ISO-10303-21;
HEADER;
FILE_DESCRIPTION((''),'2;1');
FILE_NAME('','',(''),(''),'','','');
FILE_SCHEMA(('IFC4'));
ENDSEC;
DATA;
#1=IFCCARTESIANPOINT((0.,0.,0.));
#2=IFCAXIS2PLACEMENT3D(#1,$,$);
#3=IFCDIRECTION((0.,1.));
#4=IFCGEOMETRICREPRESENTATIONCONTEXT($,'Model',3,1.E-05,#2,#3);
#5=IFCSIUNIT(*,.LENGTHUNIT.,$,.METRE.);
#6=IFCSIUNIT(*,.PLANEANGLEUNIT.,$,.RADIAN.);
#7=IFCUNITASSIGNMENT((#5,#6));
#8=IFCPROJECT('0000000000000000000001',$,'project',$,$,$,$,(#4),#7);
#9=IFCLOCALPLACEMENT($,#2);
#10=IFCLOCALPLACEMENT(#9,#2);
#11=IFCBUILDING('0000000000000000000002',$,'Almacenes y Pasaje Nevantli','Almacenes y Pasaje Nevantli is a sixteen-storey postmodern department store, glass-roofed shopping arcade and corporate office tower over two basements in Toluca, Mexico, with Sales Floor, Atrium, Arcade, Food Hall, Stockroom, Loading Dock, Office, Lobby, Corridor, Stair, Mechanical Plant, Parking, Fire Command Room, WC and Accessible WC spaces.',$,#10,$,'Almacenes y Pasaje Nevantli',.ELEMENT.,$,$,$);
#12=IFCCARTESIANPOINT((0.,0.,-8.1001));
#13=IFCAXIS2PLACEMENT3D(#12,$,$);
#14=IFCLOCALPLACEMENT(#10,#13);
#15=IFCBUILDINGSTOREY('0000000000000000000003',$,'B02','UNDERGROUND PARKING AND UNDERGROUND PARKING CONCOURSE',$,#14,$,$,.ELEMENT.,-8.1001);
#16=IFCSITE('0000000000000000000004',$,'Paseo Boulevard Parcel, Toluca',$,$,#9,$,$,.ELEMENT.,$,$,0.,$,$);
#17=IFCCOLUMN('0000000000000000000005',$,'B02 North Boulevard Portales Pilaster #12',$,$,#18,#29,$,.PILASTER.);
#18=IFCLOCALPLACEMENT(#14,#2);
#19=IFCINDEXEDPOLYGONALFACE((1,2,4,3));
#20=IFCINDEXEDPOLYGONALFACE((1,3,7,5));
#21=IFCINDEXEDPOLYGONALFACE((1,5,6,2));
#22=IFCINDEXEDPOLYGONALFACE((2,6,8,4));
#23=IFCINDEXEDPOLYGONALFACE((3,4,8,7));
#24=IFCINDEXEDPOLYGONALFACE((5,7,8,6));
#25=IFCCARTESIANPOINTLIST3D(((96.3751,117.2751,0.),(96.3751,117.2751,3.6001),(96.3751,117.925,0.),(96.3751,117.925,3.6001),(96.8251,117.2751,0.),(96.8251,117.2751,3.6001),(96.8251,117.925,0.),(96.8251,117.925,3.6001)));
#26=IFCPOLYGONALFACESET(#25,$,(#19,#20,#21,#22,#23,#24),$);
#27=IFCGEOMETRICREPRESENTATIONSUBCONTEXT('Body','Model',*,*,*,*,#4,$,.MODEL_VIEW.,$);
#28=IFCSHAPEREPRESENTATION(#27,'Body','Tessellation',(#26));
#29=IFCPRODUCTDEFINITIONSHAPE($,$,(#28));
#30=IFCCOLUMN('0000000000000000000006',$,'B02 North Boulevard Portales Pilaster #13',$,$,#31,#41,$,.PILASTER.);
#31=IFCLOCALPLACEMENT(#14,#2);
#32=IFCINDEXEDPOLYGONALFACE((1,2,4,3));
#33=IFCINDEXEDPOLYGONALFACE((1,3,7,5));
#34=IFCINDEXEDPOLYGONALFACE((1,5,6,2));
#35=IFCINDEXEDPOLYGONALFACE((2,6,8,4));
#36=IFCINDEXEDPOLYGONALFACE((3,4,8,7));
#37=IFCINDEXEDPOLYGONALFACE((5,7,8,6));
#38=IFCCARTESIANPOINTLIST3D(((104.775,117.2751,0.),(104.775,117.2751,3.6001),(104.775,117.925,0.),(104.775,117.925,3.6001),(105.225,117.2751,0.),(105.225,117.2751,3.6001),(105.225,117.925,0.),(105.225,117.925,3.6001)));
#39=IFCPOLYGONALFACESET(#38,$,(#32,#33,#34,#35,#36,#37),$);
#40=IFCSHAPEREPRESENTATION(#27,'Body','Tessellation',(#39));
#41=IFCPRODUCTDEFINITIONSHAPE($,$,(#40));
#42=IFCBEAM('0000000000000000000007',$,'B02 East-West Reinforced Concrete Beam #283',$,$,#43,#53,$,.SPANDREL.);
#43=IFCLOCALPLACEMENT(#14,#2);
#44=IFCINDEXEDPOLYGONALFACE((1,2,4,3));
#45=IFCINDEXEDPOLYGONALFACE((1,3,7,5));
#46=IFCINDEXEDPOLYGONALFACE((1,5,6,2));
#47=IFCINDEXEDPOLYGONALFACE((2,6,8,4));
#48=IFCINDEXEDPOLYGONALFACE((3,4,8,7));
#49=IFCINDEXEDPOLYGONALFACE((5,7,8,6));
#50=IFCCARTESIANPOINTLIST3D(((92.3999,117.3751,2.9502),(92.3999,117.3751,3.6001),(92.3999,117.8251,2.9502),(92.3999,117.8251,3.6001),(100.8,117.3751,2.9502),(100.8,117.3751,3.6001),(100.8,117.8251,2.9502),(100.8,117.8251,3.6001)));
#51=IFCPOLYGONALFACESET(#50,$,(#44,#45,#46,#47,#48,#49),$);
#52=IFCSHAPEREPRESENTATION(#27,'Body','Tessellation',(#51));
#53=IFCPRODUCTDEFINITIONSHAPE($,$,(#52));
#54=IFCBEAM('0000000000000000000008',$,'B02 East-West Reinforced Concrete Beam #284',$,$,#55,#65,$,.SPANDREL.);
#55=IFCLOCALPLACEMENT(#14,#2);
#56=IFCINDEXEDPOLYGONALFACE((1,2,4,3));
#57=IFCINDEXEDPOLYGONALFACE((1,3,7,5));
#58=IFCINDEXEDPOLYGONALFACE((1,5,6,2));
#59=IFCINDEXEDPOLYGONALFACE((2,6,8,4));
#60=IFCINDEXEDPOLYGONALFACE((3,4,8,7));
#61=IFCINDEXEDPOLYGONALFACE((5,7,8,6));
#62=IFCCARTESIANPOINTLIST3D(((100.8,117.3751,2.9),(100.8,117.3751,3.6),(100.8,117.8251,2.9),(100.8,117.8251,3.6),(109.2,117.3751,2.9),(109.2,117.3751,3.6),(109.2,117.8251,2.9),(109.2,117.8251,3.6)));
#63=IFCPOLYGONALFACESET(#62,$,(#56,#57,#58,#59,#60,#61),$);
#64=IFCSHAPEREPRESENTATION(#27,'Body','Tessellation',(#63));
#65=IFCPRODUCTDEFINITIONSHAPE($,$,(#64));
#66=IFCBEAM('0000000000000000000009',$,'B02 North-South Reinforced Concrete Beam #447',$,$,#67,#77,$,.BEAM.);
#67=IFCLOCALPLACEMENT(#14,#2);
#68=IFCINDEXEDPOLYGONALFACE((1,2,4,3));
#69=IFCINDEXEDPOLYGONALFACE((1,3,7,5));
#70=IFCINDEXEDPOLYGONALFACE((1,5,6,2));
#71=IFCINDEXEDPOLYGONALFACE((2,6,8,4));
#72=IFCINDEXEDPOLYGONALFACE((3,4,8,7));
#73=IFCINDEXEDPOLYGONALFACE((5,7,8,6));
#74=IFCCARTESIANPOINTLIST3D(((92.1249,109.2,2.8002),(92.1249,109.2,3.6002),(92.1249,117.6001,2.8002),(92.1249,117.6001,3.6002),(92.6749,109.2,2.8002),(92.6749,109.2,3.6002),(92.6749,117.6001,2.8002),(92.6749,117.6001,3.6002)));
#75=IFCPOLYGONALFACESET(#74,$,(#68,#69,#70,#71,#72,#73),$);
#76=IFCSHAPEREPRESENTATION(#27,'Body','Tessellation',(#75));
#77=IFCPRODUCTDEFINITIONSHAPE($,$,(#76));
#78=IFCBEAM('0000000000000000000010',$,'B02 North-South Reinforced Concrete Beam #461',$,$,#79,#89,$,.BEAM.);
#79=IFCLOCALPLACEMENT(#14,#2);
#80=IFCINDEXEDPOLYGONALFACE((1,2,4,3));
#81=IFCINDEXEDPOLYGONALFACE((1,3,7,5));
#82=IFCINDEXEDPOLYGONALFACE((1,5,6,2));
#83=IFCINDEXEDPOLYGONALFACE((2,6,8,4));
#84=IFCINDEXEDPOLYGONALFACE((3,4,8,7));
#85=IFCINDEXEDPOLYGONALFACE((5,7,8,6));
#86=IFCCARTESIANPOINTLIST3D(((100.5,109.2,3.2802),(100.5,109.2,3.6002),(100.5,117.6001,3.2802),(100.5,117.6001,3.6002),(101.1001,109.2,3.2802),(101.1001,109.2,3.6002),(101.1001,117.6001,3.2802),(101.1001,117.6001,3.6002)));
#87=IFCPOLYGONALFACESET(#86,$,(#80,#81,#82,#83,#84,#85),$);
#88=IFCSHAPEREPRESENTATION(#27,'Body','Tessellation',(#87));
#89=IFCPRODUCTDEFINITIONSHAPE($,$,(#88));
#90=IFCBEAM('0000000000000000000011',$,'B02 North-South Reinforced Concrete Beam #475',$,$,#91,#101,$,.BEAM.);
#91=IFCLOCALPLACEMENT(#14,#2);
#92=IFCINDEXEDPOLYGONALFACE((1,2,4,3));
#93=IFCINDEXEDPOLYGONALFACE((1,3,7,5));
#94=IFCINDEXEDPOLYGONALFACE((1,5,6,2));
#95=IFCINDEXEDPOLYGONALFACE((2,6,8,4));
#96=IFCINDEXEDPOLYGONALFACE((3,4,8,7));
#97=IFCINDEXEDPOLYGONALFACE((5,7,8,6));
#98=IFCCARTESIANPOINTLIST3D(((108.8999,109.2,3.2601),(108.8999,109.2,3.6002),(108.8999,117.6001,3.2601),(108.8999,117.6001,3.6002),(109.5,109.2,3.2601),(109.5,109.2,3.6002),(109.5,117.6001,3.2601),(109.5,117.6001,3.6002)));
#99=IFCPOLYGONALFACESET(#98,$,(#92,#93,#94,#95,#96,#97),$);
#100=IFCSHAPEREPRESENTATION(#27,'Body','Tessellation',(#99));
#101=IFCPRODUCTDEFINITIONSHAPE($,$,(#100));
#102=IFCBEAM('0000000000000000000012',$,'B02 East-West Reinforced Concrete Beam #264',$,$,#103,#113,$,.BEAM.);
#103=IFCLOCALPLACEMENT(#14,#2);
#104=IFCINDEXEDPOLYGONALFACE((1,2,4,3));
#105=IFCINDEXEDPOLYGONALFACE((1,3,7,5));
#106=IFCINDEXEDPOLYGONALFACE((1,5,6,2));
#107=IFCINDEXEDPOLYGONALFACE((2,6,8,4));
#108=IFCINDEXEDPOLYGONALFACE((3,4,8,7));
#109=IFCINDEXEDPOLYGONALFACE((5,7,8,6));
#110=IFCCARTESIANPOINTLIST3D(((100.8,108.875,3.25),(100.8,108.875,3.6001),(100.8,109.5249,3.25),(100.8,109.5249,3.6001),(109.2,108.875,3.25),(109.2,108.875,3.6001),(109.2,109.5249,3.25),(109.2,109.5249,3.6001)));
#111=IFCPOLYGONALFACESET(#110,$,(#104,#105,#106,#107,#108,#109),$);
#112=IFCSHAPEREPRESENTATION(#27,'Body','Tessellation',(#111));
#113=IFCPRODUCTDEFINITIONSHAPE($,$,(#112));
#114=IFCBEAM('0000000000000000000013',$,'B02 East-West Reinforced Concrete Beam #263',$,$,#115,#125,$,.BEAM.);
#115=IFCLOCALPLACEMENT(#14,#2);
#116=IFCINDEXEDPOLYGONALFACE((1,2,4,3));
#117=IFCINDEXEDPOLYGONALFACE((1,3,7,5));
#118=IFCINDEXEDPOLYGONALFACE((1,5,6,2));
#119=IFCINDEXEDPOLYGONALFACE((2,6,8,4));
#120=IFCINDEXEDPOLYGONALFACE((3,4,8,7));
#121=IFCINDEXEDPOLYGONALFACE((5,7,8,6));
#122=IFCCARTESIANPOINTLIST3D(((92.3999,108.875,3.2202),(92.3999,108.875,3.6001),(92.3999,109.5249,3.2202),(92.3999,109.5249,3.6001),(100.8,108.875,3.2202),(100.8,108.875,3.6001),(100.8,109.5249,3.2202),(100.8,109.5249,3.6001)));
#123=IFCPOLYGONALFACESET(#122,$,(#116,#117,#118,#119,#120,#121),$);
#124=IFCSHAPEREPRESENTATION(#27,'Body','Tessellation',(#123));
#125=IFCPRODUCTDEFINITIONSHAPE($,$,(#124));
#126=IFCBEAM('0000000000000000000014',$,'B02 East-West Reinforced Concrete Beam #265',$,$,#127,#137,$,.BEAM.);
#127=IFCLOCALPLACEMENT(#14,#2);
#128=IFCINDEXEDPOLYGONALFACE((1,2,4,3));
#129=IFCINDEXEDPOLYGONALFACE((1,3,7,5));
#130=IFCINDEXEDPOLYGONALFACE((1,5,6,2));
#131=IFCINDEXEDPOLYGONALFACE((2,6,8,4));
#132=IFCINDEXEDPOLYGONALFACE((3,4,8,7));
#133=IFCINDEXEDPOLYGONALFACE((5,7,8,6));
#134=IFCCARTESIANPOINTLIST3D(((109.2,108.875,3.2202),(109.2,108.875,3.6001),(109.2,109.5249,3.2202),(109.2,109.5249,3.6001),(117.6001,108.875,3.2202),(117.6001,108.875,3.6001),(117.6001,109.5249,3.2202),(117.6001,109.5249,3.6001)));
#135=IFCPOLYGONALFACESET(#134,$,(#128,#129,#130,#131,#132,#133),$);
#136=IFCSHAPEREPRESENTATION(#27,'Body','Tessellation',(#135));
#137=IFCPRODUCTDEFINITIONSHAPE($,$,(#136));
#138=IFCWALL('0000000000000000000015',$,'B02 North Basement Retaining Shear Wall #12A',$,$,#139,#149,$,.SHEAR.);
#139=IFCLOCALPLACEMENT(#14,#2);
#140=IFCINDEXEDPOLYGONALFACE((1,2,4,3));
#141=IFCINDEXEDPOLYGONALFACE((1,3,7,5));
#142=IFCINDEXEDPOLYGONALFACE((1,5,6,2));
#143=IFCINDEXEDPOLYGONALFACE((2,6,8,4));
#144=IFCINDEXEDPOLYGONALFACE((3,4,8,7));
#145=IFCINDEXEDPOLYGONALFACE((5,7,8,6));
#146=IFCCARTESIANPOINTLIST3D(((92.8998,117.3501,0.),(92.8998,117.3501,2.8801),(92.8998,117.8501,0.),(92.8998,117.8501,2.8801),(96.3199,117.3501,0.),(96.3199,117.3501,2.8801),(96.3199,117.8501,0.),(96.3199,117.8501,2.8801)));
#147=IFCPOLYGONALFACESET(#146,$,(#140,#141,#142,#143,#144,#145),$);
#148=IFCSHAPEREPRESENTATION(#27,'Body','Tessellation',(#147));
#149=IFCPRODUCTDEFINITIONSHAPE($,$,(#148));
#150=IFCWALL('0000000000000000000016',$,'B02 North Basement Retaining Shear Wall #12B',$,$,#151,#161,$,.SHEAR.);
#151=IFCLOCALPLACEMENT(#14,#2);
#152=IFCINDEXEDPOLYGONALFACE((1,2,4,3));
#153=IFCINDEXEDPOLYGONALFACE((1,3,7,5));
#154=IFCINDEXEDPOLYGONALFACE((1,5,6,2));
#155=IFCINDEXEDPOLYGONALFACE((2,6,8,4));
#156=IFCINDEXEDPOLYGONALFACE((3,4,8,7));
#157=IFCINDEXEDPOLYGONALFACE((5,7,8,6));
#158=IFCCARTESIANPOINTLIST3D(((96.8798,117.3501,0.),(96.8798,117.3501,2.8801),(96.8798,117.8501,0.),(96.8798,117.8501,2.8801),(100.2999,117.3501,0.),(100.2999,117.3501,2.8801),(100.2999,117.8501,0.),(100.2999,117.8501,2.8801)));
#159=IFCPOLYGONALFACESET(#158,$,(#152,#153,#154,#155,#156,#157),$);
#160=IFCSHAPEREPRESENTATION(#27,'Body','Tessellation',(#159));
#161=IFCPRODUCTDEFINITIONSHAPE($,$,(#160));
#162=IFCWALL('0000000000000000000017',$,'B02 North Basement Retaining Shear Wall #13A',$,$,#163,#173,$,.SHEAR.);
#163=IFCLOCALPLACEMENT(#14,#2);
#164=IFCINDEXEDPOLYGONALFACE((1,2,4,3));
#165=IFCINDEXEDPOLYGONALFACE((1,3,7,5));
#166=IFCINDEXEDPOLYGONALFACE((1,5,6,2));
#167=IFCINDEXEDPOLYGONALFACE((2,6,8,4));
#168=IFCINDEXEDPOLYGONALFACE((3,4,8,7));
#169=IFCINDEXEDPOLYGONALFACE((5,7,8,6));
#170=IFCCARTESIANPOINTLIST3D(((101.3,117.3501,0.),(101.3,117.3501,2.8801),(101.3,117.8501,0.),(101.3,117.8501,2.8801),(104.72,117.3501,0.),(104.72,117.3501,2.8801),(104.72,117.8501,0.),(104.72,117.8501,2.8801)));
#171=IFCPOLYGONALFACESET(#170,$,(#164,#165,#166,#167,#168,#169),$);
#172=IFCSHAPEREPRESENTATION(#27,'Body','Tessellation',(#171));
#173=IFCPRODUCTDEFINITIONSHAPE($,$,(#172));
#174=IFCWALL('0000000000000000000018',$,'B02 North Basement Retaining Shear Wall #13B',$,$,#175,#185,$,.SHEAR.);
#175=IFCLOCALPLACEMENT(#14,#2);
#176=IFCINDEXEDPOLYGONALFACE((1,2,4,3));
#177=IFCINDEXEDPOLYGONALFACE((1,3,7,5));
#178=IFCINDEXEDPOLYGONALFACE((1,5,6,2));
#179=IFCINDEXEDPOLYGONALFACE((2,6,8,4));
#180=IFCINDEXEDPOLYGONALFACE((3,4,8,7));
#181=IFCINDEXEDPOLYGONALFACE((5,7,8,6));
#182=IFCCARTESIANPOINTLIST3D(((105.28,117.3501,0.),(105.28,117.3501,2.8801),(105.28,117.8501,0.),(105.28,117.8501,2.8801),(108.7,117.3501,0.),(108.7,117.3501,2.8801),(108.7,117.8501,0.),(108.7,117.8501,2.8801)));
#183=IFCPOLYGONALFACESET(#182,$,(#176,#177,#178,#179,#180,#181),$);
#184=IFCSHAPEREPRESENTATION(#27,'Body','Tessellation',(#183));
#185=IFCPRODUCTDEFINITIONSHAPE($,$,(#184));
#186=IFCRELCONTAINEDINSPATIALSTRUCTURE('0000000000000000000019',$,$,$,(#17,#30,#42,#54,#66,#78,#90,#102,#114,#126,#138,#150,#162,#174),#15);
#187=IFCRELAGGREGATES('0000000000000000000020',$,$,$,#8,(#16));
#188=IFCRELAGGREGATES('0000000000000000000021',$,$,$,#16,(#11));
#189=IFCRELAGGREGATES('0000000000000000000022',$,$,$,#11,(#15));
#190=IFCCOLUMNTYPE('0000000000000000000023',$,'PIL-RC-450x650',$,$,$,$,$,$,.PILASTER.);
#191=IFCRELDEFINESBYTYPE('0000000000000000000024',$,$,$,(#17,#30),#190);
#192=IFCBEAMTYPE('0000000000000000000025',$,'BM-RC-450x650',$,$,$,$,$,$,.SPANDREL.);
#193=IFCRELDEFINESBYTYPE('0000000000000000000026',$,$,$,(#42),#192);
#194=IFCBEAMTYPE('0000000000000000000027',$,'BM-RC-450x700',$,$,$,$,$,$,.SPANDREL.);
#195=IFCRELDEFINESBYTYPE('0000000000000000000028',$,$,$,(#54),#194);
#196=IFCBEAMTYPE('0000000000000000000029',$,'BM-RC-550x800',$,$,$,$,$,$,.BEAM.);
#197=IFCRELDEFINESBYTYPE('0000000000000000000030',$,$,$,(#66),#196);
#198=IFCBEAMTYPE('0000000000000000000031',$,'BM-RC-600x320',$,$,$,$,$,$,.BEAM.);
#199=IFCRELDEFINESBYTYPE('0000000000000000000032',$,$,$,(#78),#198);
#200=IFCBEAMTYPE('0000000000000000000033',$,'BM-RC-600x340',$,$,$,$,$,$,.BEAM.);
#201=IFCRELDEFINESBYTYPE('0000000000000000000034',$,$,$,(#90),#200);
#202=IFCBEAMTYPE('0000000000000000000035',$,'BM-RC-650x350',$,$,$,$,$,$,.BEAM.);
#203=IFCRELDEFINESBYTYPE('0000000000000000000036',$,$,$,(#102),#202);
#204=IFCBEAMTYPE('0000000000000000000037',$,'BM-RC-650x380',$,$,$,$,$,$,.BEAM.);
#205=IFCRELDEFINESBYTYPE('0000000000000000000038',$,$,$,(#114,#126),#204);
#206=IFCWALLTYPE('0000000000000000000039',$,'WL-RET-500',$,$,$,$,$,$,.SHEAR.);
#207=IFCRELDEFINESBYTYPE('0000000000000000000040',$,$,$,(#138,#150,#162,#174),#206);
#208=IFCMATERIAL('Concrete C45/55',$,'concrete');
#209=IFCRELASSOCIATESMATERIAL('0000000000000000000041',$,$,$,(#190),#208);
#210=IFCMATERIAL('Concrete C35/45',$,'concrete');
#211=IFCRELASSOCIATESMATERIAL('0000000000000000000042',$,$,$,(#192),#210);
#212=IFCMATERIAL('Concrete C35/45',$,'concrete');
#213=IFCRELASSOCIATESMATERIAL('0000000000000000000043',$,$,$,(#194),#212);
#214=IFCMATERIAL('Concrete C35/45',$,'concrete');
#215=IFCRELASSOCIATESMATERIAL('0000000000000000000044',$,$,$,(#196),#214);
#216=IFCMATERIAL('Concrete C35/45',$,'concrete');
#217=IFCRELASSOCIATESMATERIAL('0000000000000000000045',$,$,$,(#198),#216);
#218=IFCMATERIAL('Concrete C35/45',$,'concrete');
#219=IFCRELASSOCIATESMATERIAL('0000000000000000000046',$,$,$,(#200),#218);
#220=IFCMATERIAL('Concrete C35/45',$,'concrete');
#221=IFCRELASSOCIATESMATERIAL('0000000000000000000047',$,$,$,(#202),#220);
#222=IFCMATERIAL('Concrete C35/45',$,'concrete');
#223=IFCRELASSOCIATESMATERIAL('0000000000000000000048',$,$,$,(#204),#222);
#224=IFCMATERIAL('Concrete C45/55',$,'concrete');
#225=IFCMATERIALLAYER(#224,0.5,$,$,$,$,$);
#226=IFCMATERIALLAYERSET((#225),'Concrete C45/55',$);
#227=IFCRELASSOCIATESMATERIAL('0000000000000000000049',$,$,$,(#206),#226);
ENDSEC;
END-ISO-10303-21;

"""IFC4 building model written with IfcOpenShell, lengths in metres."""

from ifc_helpers import new_model, si_unit, direction, frame, frame_2d, origin, origin_2d, place, context, subcontext, project, spatial, rectangle, extrude, material, layer, layer_set, material_profile, profile_set, type_object, element, save


model = new_model("IFC4")

# Units and contexts
model_context = context("Model", 3, precision=1e-05, world=origin(), true_north=direction((0.0, 1.0)))
body_context = subcontext(model_context, "Body", "Model", "MODEL_VIEW")
ifc_project = project(units=[si_unit("LENGTHUNIT", "METRE"), si_unit("PLANEANGLEUNIT", "RADIAN")], contexts=[model_context])

# Site, building, storey
site_placement = place(None, origin())
site = spatial("IfcSite", under=ifc_project, at=site_placement, Name="Paseo Boulevard Parcel, Toluca", CompositionType="ELEMENT", RefElevation=0.0)
building_placement = place(site_placement, origin())
building = spatial("IfcBuilding", under=site, at=building_placement, Name="Almacenes y Pasaje Nevantli", Description="Almacenes y Pasaje Nevantli is a sixteen-storey postmodern department store, glass-roofed shopping arcade and corporate office tower over two basements in Toluca, Mexico, with Sales Floor, Atrium, Arcade, Food Hall, Stockroom, Loading Dock, Office, Lobby, Corridor, Stair, Mechanical Plant, Parking, Fire Command Room, WC and Accessible WC spaces.", LongName="Almacenes y Pasaje Nevantli", CompositionType="ELEMENT")
storey_placement = place(building_placement, frame((0.0, 0.0, -8.1001)))
storey = spatial("IfcBuildingStorey", under=building, at=storey_placement, Name="B02", Description="UNDERGROUND PARKING AND UNDERGROUND PARKING CONCOURSE", CompositionType="ELEMENT", Elevation=-8.1001)

# Columns
ifc_material_1 = material(Name="Concrete C45/55", Category="concrete")
ifc_material_profile_1 = material_profile(ifc_material_1, rectangle(XDim=0.45, YDim=0.6499, at=origin_2d()), Name="RC-PIL-450x650")
ifc_profile_set_1 = profile_set([ifc_material_profile_1], Name="Concrete C45/55")
column_type_1 = type_object("IfcColumnType", Name="PIL-RC-450x650", PredefinedType="PILASTER", material=ifc_profile_set_1)
for number, where, z_axis, x_axis, name in (
    (1, (96.6001, 117.6001, 0.0), (0.0, 0.0, 1.0), (1.0, 0.0, 0.0), "B02 North Boulevard Portales Pilaster #12"),
    (2, (105.0, 117.6001, 0.0), (0.0, 0.0, 1.0), (1.0, 0.0, 0.0), "B02 North Boulevard Portales Pilaster #13"),
):
    element("IfcColumn", number, at=place(storey_placement, frame(where, z_axis=z_axis, x_axis=x_axis)), inside=storey, type_object=column_type_1, Name=name, PredefinedType="PILASTER", context=body_context, shape_type="SweptSolid", body=[
        extrude(rectangle(XDim=0.45, YDim=0.6499, at=origin_2d()), origin(), (0.0, 0.0, 1.0), 3.6001),
    ])

# Beams
ifc_material_2 = material(Name="Concrete C35/45", Category="concrete")
ifc_material_profile_2 = material_profile(ifc_material_2, rectangle(XDim=0.45, YDim=0.6499, at=origin_2d()), Name="RC-BM-450x650")
ifc_profile_set_2 = profile_set([ifc_material_profile_2], Name="Concrete C35/45")
beam_type_1 = type_object("IfcBeamType", Name="BM-RC-450x650", PredefinedType="SPANDREL", material=ifc_profile_set_2)
beam_1_placement = place(storey_placement, frame((92.3999, 117.6001, 3.2751), z_axis=(1.0, 0.0, 0.0), x_axis=(0.0, 1.0, 0.0)))
element("IfcBeam", 3, at=beam_1_placement, inside=storey, type_object=beam_type_1, Name="B02 East-West Reinforced Concrete Beam #283", PredefinedType="SPANDREL", context=body_context, shape_type="SweptSolid", body=[
    extrude(rectangle(XDim=0.45, YDim=0.6499, at=origin_2d()), origin(), (0.0, 0.0, 1.0), 8.4001),
])
ifc_material_3 = material(Name="Concrete C35/45", Category="concrete")
ifc_material_profile_3 = material_profile(ifc_material_3, rectangle(XDim=0.45, YDim=0.7, at=origin_2d()), Name="RC-BM-450x700")
ifc_profile_set_3 = profile_set([ifc_material_profile_3], Name="Concrete C35/45")
beam_type_2 = type_object("IfcBeamType", Name="BM-RC-450x700", PredefinedType="SPANDREL", material=ifc_profile_set_3)
beam_2_placement = place(storey_placement, frame((100.8, 117.6001, 3.25), z_axis=(1.0, 0.0, 0.0), x_axis=(0.0, 1.0, 0.0)))
element("IfcBeam", 4, at=beam_2_placement, inside=storey, type_object=beam_type_2, Name="B02 East-West Reinforced Concrete Beam #284", PredefinedType="SPANDREL", context=body_context, shape_type="SweptSolid", body=[
    extrude(rectangle(XDim=0.45, YDim=0.7, at=origin_2d()), origin(), (0.0, 0.0, 1.0), 8.3999),
])
ifc_material_4 = material(Name="Concrete C35/45", Category="concrete")
ifc_material_profile_4 = material_profile(ifc_material_4, rectangle(XDim=0.55, YDim=0.8, at=origin_2d()), Name="RC-BM-550x800")
ifc_profile_set_4 = profile_set([ifc_material_profile_4], Name="Concrete C35/45")
beam_type_3 = type_object("IfcBeamType", Name="BM-RC-550x800", PredefinedType="BEAM", material=ifc_profile_set_4)
beam_3_placement = place(storey_placement, frame((92.3999, 109.2, 3.2002), z_axis=(0.0, 1.0, 0.0), x_axis=(-1.0, 0.0, 0.0)))
element("IfcBeam", 5, at=beam_3_placement, inside=storey, type_object=beam_type_3, Name="B02 North-South Reinforced Concrete Beam #447", PredefinedType="BEAM", context=body_context, shape_type="SweptSolid", body=[
    extrude(rectangle(XDim=0.55, YDim=0.8, at=origin_2d()), origin(), (0.0, 0.0, 1.0), 8.4001),
])
ifc_material_5 = material(Name="Concrete C35/45", Category="concrete")
ifc_material_profile_5 = material_profile(ifc_material_5, rectangle(XDim=0.6001, YDim=0.3201, at=origin_2d()), Name="RC-BM-600x320")
ifc_profile_set_5 = profile_set([ifc_material_profile_5], Name="Concrete C35/45")
beam_type_4 = type_object("IfcBeamType", Name="BM-RC-600x320", PredefinedType="BEAM", material=ifc_profile_set_5)
beam_4_placement = place(storey_placement, frame((100.8, 109.2, 3.4402), z_axis=(0.0, 1.0, 0.0), x_axis=(-1.0, 0.0, 0.0)))
element("IfcBeam", 6, at=beam_4_placement, inside=storey, type_object=beam_type_4, Name="B02 North-South Reinforced Concrete Beam #461", PredefinedType="BEAM", context=body_context, shape_type="SweptSolid", body=[
    extrude(rectangle(XDim=0.6001, YDim=0.3201, at=origin_2d()), origin(), (0.0, 0.0, 1.0), 8.4001),
])
ifc_material_6 = material(Name="Concrete C35/45", Category="concrete")
ifc_material_profile_6 = material_profile(ifc_material_6, rectangle(XDim=0.6001, YDim=0.3401, at=origin_2d()), Name="RC-BM-600x340")
ifc_profile_set_6 = profile_set([ifc_material_profile_6], Name="Concrete C35/45")
beam_type_5 = type_object("IfcBeamType", Name="BM-RC-600x340", PredefinedType="BEAM", material=ifc_profile_set_6)
beam_5_placement = place(storey_placement, frame((109.2, 109.2, 3.4302), z_axis=(0.0, 1.0, 0.0), x_axis=(-1.0, 0.0, 0.0)))
element("IfcBeam", 7, at=beam_5_placement, inside=storey, type_object=beam_type_5, Name="B02 North-South Reinforced Concrete Beam #475", PredefinedType="BEAM", context=body_context, shape_type="SweptSolid", body=[
    extrude(rectangle(XDim=0.6001, YDim=0.3401, at=origin_2d()), origin(), (0.0, 0.0, 1.0), 8.4001),
])
ifc_material_7 = material(Name="Concrete C35/45", Category="concrete")
ifc_material_profile_7 = material_profile(ifc_material_7, rectangle(XDim=0.6499, YDim=0.3501, at=origin_2d()), Name="RC-BM-650x350")
ifc_profile_set_7 = profile_set([ifc_material_profile_7], Name="Concrete C35/45")
beam_type_6 = type_object("IfcBeamType", Name="BM-RC-650x350", PredefinedType="BEAM", material=ifc_profile_set_7)
beam_6_placement = place(storey_placement, frame((100.8, 109.2, 3.425), z_axis=(1.0, 0.0, 0.0), x_axis=(0.0, 1.0, 0.0)))
element("IfcBeam", 8, at=beam_6_placement, inside=storey, type_object=beam_type_6, Name="B02 East-West Reinforced Concrete Beam #264", PredefinedType="BEAM", context=body_context, shape_type="SweptSolid", body=[
    extrude(rectangle(XDim=0.6499, YDim=0.3501, at=origin_2d()), origin(), (0.0, 0.0, 1.0), 8.3999),
])
ifc_material_8 = material(Name="Concrete C35/45", Category="concrete")
ifc_material_profile_8 = material_profile(ifc_material_8, rectangle(XDim=0.6499, YDim=0.3799, at=origin_2d()), Name="RC-BM-650x380")
ifc_profile_set_8 = profile_set([ifc_material_profile_8], Name="Concrete C35/45")
beam_type_7 = type_object("IfcBeamType", Name="BM-RC-650x380", PredefinedType="BEAM", material=ifc_profile_set_8)
for number, where, z_axis, x_axis, name in (
    (9, (92.3999, 109.2, 3.4102), (1.0, 0.0, 0.0), (0.0, 1.0, 0.0), "B02 East-West Reinforced Concrete Beam #263"),
    (10, (109.2, 109.2, 3.4102), (1.0, 0.0, 0.0), (0.0, 1.0, 0.0), "B02 East-West Reinforced Concrete Beam #265"),
):
    element("IfcBeam", number, at=place(storey_placement, frame(where, z_axis=z_axis, x_axis=x_axis)), inside=storey, type_object=beam_type_7, Name=name, PredefinedType="BEAM", context=body_context, shape_type="SweptSolid", body=[
        extrude(rectangle(XDim=0.6499, YDim=0.3799, at=origin_2d()), origin(), (0.0, 0.0, 1.0), 8.4001),
    ])

# Walls
ifc_material_9 = material(Name="Concrete C45/55", Category="concrete")
ifc_layer_1 = layer(ifc_material_9, 0.5)
ifc_layer_set_1 = layer_set([ifc_layer_1], Name="Concrete C45/55")
wall_type = type_object("IfcWallType", Name="WL-RET-500", PredefinedType="SHEAR", material=ifc_layer_set_1)
for number, where, z_axis, x_axis, name in (
    (11, (92.8999, 117.6001, 0.0), (0.0, 0.0, 1.0), (1.0, 0.0, 0.0), "B02 North Basement Retaining Shear Wall #12A"),
    (12, (96.8799, 117.6001, 0.0), (0.0, 0.0, 1.0), (1.0, 0.0, 0.0), "B02 North Basement Retaining Shear Wall #12B"),
):
    element("IfcWall", number, at=place(storey_placement, frame(where, z_axis=z_axis, x_axis=x_axis)), inside=storey, type_object=wall_type, Name=name, PredefinedType="SHEAR", context=body_context, shape_type="SweptSolid", body=[
        extrude(rectangle(XDim=3.4202, YDim=0.5, at=frame_2d((1.71, 0.0))), origin(), (0.0, 0.0, 1.0), 2.8801),
    ])
for number, where, z_axis, x_axis, name in (
    (13, (101.3, 117.6001, 0.0), (0.0, 0.0, 1.0), (1.0, 0.0, 0.0), "B02 North Basement Retaining Shear Wall #13A"),
    (14, (105.28, 117.6001, 0.0), (0.0, 0.0, 1.0), (1.0, 0.0, 0.0), "B02 North Basement Retaining Shear Wall #13B"),
):
    element("IfcWall", number, at=place(storey_placement, frame(where, z_axis=z_axis, x_axis=x_axis)), inside=storey, type_object=wall_type, Name=name, PredefinedType="SHEAR", context=body_context, shape_type="SweptSolid", body=[
        extrude(rectangle(XDim=3.4199, YDim=0.5, at=frame_2d((1.71, 0.0))), origin(), (0.0, 0.0, 1.0), 2.8801),
    ])

save(model, "model.ifc")
